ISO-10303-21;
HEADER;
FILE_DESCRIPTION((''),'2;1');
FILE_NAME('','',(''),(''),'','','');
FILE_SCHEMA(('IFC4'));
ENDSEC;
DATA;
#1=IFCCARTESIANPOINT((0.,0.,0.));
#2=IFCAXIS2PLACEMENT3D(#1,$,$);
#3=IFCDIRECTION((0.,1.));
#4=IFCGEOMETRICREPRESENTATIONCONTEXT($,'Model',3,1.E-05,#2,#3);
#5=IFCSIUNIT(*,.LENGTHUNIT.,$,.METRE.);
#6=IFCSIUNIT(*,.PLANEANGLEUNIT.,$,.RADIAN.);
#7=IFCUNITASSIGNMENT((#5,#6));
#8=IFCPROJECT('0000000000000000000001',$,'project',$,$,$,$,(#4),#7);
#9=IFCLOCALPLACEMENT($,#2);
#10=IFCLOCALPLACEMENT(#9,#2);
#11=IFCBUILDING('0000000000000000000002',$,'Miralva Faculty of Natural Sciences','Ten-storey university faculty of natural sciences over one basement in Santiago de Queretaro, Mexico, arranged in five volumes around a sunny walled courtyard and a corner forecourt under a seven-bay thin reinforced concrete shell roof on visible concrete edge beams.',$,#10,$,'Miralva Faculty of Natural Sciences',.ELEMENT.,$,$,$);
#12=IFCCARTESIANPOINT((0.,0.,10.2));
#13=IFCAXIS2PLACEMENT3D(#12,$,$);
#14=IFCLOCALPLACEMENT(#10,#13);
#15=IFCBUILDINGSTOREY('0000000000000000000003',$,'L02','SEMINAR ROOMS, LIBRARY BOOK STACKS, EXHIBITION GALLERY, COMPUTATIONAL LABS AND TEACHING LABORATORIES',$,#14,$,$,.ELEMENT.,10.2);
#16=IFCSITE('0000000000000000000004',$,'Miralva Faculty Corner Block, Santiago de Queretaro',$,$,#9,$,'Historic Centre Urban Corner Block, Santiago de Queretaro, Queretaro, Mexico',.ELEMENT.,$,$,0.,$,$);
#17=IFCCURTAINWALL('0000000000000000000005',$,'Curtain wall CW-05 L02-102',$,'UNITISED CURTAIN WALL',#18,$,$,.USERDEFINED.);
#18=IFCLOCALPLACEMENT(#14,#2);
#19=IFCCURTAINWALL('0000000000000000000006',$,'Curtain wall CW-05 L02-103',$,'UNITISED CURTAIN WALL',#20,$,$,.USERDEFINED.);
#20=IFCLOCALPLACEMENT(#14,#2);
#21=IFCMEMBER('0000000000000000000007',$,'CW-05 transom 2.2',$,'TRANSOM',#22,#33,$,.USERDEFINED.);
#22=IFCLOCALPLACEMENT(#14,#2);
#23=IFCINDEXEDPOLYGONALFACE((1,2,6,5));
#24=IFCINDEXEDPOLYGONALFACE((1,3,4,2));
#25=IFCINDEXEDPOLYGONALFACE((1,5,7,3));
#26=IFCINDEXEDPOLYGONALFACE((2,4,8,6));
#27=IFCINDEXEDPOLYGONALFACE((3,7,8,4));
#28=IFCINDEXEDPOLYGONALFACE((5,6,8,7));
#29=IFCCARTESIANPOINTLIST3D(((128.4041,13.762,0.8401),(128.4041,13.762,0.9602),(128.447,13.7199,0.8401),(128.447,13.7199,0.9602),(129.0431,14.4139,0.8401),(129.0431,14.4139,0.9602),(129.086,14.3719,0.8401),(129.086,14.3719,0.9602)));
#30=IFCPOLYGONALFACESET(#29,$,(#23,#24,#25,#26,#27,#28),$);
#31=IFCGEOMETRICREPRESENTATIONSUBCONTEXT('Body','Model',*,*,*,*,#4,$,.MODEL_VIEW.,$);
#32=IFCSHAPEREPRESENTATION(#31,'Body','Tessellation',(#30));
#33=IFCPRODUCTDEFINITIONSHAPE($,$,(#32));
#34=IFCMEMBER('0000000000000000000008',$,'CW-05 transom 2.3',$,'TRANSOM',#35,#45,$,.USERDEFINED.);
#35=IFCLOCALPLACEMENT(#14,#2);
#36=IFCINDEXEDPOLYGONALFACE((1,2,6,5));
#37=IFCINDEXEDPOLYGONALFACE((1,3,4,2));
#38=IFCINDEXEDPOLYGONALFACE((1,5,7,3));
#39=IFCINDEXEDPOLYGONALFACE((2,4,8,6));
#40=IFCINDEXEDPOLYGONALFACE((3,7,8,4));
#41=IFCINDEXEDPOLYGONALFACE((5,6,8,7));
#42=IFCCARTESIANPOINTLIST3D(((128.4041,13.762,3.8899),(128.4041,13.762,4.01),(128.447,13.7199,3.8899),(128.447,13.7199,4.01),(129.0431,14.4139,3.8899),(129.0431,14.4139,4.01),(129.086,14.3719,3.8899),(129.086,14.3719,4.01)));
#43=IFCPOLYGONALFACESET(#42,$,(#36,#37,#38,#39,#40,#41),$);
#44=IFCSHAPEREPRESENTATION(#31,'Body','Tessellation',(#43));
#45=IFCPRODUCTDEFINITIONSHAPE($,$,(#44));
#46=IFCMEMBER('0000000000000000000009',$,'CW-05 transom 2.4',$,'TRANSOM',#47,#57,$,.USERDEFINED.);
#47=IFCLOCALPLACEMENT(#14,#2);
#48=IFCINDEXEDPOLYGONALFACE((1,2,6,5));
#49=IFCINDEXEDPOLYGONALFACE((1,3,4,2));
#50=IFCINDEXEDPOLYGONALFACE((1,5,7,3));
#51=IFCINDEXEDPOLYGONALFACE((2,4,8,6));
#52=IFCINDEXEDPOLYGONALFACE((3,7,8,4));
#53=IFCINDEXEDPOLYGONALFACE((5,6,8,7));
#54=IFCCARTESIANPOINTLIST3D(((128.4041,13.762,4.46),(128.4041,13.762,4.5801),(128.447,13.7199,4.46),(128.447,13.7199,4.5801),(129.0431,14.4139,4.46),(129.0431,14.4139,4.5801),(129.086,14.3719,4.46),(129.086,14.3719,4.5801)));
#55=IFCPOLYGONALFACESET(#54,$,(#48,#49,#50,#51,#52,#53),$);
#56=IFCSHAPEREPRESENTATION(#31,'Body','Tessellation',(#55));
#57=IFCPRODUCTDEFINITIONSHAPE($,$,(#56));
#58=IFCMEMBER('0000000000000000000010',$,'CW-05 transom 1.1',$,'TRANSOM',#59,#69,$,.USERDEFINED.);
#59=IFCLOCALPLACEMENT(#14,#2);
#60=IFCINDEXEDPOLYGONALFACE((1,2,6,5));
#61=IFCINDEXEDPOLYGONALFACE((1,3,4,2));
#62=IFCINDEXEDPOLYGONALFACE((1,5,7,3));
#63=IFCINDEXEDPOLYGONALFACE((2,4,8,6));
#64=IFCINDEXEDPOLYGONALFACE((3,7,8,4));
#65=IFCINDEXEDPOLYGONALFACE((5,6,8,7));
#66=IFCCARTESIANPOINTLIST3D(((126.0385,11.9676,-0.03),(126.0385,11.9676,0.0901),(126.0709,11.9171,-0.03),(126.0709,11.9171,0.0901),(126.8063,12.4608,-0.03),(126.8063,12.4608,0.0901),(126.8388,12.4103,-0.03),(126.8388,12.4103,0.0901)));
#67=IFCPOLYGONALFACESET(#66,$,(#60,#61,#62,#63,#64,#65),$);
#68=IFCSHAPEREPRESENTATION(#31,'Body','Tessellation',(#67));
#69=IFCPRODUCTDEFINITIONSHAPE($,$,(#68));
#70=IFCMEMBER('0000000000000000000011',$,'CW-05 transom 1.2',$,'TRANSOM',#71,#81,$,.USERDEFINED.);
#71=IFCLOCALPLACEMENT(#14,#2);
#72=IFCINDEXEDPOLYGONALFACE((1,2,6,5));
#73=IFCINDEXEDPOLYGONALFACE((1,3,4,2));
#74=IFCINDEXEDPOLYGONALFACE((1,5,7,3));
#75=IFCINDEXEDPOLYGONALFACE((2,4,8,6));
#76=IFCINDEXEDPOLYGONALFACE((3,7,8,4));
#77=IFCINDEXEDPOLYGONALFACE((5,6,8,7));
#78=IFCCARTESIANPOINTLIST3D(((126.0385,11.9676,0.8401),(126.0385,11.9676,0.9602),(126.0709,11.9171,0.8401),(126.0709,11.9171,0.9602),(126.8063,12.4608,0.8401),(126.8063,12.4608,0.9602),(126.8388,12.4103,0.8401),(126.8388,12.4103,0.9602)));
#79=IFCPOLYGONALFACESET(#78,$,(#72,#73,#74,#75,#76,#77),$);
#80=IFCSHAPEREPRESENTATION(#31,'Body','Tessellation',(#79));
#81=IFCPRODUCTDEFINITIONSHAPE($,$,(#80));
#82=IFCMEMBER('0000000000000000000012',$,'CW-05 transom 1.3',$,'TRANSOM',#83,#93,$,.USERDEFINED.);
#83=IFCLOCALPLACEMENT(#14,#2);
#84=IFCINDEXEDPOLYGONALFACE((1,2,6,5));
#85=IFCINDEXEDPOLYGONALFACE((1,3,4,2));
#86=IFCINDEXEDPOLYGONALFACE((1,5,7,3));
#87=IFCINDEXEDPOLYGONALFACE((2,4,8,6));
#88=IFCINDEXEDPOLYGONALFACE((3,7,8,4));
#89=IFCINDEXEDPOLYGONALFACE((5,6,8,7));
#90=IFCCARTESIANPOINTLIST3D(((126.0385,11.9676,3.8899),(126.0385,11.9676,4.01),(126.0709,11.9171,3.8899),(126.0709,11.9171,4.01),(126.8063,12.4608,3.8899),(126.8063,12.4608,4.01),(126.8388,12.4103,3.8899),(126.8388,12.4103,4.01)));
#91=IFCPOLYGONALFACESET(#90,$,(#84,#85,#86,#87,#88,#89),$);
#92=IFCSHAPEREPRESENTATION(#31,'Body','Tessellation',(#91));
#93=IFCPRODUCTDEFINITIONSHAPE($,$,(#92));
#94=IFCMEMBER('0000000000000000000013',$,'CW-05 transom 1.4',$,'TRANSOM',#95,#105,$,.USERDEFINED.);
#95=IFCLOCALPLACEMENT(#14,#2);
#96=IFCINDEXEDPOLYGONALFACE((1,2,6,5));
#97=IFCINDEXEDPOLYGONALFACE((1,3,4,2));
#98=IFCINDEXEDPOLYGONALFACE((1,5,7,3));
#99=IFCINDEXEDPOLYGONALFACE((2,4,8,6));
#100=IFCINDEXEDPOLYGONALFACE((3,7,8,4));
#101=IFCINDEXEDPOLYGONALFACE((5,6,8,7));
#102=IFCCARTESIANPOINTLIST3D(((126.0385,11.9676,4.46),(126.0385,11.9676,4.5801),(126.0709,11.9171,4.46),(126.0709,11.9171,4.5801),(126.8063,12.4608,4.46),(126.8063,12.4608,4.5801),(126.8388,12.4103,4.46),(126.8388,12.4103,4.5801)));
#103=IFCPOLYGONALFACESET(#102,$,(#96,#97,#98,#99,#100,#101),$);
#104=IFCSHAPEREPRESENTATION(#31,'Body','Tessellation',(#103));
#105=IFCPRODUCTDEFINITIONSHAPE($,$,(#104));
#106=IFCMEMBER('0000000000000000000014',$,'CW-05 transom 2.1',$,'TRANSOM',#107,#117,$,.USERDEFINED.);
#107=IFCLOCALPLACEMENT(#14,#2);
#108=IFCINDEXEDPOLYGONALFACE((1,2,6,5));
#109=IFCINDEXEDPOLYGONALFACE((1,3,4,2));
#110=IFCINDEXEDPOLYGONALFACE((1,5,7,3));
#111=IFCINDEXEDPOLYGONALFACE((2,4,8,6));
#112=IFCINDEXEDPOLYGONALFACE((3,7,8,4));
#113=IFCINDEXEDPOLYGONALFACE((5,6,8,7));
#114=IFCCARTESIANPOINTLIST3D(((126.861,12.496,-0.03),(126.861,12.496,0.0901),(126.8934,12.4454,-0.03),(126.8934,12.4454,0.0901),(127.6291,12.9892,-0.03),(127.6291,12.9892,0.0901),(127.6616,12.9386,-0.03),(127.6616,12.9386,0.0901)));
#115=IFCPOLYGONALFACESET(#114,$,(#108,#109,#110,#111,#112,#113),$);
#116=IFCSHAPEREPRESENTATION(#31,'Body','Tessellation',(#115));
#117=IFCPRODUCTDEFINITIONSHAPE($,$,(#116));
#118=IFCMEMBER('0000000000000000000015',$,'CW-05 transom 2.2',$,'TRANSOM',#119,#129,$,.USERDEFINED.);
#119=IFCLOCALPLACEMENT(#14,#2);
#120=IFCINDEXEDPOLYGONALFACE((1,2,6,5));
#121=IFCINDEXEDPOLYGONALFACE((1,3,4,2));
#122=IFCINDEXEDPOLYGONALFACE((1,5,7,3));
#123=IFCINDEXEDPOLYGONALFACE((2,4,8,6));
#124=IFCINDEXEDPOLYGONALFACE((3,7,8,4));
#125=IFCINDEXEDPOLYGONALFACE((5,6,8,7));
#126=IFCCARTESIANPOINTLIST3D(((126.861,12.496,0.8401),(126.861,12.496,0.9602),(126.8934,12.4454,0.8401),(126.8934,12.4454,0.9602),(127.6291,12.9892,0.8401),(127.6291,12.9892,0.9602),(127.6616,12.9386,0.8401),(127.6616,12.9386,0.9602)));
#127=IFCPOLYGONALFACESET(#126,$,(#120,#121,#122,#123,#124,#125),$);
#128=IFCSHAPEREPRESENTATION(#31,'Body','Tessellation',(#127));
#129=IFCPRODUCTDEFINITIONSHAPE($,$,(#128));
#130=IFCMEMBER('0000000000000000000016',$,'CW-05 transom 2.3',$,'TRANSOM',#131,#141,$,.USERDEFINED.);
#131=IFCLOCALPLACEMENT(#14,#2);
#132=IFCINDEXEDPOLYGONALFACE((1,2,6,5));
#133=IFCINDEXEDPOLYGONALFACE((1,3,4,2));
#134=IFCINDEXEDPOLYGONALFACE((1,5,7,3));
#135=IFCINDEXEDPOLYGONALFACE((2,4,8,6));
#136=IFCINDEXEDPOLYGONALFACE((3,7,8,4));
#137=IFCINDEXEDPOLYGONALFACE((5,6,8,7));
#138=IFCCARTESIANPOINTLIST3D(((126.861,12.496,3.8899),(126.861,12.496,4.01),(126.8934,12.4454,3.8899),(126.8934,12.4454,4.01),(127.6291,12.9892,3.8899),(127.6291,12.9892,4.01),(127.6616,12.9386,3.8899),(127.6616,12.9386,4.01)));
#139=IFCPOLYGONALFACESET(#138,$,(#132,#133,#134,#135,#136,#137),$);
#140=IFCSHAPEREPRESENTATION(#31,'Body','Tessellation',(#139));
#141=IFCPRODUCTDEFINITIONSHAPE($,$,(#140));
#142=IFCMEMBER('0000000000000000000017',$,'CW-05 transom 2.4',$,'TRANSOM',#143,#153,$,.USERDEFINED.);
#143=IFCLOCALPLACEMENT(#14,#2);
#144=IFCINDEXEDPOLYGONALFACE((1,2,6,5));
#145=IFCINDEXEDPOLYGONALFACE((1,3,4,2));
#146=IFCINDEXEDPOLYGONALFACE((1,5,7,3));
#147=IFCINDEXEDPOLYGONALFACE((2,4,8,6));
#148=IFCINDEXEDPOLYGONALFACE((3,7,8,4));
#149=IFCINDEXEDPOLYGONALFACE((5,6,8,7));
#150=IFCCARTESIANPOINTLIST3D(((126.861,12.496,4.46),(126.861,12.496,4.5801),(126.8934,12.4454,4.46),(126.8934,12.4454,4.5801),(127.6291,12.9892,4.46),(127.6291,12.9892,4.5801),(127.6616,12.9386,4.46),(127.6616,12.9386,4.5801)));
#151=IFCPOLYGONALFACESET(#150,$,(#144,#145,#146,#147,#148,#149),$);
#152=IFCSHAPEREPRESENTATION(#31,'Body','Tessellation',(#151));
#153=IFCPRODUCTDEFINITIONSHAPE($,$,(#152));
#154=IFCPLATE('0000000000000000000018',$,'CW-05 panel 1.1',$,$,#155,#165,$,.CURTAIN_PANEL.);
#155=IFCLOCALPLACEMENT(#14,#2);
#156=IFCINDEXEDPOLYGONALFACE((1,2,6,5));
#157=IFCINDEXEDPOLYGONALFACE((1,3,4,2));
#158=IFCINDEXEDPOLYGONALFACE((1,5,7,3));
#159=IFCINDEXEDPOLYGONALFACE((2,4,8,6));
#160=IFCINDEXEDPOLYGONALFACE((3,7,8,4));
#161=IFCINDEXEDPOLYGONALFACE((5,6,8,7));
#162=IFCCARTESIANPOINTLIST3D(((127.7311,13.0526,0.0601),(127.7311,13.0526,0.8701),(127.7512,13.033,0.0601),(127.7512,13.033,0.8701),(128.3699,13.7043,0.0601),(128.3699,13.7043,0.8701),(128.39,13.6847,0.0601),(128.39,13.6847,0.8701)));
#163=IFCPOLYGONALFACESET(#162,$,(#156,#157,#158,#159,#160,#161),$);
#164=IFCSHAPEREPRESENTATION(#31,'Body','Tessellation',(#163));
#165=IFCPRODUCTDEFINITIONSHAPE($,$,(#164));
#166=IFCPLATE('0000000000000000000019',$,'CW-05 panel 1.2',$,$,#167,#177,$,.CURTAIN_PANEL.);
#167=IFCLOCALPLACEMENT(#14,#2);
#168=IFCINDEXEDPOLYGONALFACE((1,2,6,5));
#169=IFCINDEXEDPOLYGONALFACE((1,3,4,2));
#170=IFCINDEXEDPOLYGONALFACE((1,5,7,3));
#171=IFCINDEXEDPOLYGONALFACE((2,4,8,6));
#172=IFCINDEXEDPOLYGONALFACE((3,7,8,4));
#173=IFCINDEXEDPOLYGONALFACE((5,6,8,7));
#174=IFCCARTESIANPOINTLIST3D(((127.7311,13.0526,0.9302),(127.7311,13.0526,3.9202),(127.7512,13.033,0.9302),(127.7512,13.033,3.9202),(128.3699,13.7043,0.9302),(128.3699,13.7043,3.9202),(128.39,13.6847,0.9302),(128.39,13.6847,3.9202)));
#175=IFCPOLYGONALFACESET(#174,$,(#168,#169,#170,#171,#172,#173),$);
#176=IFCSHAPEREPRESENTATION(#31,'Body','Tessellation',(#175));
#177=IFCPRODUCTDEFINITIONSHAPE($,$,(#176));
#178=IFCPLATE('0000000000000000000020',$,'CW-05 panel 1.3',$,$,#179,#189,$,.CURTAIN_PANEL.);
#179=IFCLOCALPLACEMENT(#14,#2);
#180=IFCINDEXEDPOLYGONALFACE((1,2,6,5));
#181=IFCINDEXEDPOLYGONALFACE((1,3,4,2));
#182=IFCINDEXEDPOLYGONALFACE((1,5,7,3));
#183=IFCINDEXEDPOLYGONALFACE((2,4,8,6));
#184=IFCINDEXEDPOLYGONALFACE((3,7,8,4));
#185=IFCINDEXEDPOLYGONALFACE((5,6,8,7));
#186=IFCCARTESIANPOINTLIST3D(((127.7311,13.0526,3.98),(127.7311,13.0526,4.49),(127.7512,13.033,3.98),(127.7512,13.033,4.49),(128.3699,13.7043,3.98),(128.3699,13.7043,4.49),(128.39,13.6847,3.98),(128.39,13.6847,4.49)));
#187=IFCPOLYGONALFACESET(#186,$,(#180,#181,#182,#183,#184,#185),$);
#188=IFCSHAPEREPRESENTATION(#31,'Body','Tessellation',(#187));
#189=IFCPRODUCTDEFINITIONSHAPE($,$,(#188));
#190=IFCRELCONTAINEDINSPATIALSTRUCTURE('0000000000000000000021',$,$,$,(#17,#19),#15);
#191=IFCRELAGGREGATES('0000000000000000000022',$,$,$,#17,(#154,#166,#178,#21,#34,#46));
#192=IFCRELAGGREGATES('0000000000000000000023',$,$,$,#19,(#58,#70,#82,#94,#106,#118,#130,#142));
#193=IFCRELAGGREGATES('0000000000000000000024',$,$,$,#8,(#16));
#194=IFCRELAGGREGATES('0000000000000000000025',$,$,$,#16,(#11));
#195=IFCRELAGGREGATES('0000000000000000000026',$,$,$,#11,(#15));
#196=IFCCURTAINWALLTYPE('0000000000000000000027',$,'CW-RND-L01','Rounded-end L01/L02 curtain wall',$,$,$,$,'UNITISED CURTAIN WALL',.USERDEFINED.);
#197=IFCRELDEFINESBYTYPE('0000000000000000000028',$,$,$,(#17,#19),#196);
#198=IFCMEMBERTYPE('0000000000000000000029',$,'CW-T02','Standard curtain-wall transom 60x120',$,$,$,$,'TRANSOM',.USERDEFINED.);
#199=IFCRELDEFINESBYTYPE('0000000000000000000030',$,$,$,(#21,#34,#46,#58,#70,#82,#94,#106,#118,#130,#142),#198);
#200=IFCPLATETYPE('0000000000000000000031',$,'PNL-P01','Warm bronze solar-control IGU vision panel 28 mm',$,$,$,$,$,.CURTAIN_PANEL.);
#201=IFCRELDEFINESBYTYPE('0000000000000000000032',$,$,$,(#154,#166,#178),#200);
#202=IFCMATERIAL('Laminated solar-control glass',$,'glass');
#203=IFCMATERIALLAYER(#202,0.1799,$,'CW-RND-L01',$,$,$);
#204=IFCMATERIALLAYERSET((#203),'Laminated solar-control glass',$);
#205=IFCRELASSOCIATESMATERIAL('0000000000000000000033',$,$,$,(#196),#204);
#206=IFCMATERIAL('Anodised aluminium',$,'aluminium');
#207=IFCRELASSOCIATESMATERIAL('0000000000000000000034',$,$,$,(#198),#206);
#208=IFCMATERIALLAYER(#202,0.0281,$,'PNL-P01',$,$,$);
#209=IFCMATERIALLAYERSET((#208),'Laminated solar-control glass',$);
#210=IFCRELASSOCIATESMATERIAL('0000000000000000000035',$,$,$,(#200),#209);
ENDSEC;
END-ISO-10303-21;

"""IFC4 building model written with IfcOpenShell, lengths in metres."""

from ifc_helpers import new_model, si_unit, direction, frame, origin, origin_2d, place, context, subcontext, project, spatial, rectangle, extrude, material, layer, layer_set, material_profile, profile_set, type_object, element, aggregate, save


model = new_model("IFC4")

# Units and contexts
model_context = context("Model", 3, precision=1e-05, world=origin(), true_north=direction((0.0, 1.0)))
body_context = subcontext(model_context, "Body", "Model", "MODEL_VIEW")
ifc_project = project(units=[si_unit("LENGTHUNIT", "METRE"), si_unit("PLANEANGLEUNIT", "RADIAN")], contexts=[model_context])

# Site, building, storey
site_placement = place(None, origin())
site = spatial("IfcSite", under=ifc_project, at=site_placement, Name="Miralva Faculty Corner Block, Santiago de Queretaro", LongName="Historic Centre Urban Corner Block, Santiago de Queretaro, Queretaro, Mexico", CompositionType="ELEMENT", RefElevation=0.0)
building_placement = place(site_placement, origin())
building = spatial("IfcBuilding", under=site, at=building_placement, Name="Miralva Faculty of Natural Sciences", Description="Ten-storey university faculty of natural sciences over one basement in Santiago de Queretaro, Mexico, arranged in five volumes around a sunny walled courtyard and a corner forecourt under a seven-bay thin reinforced concrete shell roof on visible concrete edge beams.", LongName="Miralva Faculty of Natural Sciences", CompositionType="ELEMENT")
storey_placement = place(building_placement, frame((0.0, 0.0, 10.2)))
storey = spatial("IfcBuildingStorey", under=building, at=storey_placement, Name="L02", Description="SEMINAR ROOMS, LIBRARY BOOK STACKS, EXHIBITION GALLERY, COMPUTATIONAL LABS AND TEACHING LABORATORIES", CompositionType="ELEMENT", Elevation=10.2)

# Shared definitions
ifc_material_1 = material(Name="Laminated solar-control glass", Category="glass")
ifc_layer_1 = layer(ifc_material_1, 0.1799, Name="CW-RND-L01")
ifc_layer_set_1 = layer_set([ifc_layer_1], Name="Laminated solar-control glass")
curtain_wall_type = type_object("IfcCurtainWallType", Name="CW-RND-L01", Description="Rounded-end L01/L02 curtain wall", ElementType="UNITISED CURTAIN WALL", PredefinedType="USERDEFINED", material=ifc_layer_set_1)
ifc_material_2 = material(Name="Anodised aluminium", Category="aluminium")

# Curtain walls
curtain_wall_1_placement = place(storey_placement, origin())
curtain_wall_1 = element("IfcCurtainWall", 1, at=curtain_wall_1_placement, inside=storey, type_object=curtain_wall_type, Name="Curtain wall CW-05 L02-102", ObjectType="UNITISED CURTAIN WALL", PredefinedType="USERDEFINED")
curtain_wall_2_placement = place(storey_placement, origin())
curtain_wall_2 = element("IfcCurtainWall", 2, at=curtain_wall_2_placement, inside=storey, type_object=curtain_wall_type, Name="Curtain wall CW-05 L02-103", ObjectType="UNITISED CURTAIN WALL", PredefinedType="USERDEFINED")

# Members
ifc_material_profile_1 = material_profile(ifc_material_2, rectangle(XDim=0.0601, YDim=0.1201, at=origin_2d()), Name="TRANSOM 60x120")
ifc_profile_set_1 = profile_set([ifc_material_profile_1], Name="Anodised aluminium")
member_type_1 = type_object("IfcMemberType", Name="CW-T02", Description="Standard curtain-wall transom 60x120", ElementType="TRANSOM", PredefinedType="USERDEFINED", material=ifc_profile_set_1)
member_1_placement = place(storey_placement, frame((128.4255, 13.741, 0.9001), z_axis=(0.699983, 0.714159, 0.0), x_axis=(-0.714159, 0.699983, 0.0)))
member_1 = element("IfcMember", 3, at=member_1_placement, type_object=member_type_1, Name="CW-05 transom 2.2", ObjectType="TRANSOM", PredefinedType="USERDEFINED", context=body_context, shape_type="SweptSolid", body=[
    extrude(rectangle(XDim=0.0601, YDim=0.1201, at=origin_2d()), origin(), (0.0, 0.0, 1.0), 0.9128),
])
member_2_placement = place(storey_placement, frame((128.4255, 13.741, 3.95), z_axis=(0.699983, 0.714159, 0.0), x_axis=(-0.714159, 0.699983, 0.0)))
member_2 = element("IfcMember", 4, at=member_2_placement, type_object=member_type_1, Name="CW-05 transom 2.3", ObjectType="TRANSOM", PredefinedType="USERDEFINED", context=body_context, shape_type="SweptSolid", body=[
    extrude(rectangle(XDim=0.0601, YDim=0.1201, at=origin_2d()), origin(), (0.0, 0.0, 1.0), 0.9128),
])
member_3_placement = place(storey_placement, frame((128.4255, 13.741, 4.52), z_axis=(0.699983, 0.714159, 0.0), x_axis=(-0.714159, 0.699983, 0.0)))
member_3 = element("IfcMember", 5, at=member_3_placement, type_object=member_type_1, Name="CW-05 transom 2.4", ObjectType="TRANSOM", PredefinedType="USERDEFINED", context=body_context, shape_type="SweptSolid", body=[
    extrude(rectangle(XDim=0.0601, YDim=0.1201, at=origin_2d()), origin(), (0.0, 0.0, 1.0), 0.9128),
])
member_4_placement = place(storey_placement, frame((126.0547, 11.9424, 0.03), z_axis=(0.841396, 0.54042, 0.0), x_axis=(-0.54042, 0.841396, 0.0)))
member_4 = element("IfcMember", 6, at=member_4_placement, type_object=member_type_1, Name="CW-05 transom 1.1", ObjectType="TRANSOM", PredefinedType="USERDEFINED", context=body_context, shape_type="SweptSolid", body=[
    extrude(rectangle(XDim=0.0601, YDim=0.1201, at=origin_2d()), origin(), (0.0, 0.0, 1.0), 0.9126),
])
member_5_placement = place(storey_placement, frame((126.0547, 11.9424, 0.9001), z_axis=(0.841396, 0.54042, 0.0), x_axis=(-0.54042, 0.841396, 0.0)))
member_5 = element("IfcMember", 7, at=member_5_placement, type_object=member_type_1, Name="CW-05 transom 1.2", ObjectType="TRANSOM", PredefinedType="USERDEFINED", context=body_context, shape_type="SweptSolid", body=[
    extrude(rectangle(XDim=0.0601, YDim=0.1201, at=origin_2d()), origin(), (0.0, 0.0, 1.0), 0.9126),
])
member_6_placement = place(storey_placement, frame((126.0547, 11.9424, 3.95), z_axis=(0.841396, 0.54042, 0.0), x_axis=(-0.54042, 0.841396, 0.0)))
member_6 = element("IfcMember", 8, at=member_6_placement, type_object=member_type_1, Name="CW-05 transom 1.3", ObjectType="TRANSOM", PredefinedType="USERDEFINED", context=body_context, shape_type="SweptSolid", body=[
    extrude(rectangle(XDim=0.0601, YDim=0.1201, at=origin_2d()), origin(), (0.0, 0.0, 1.0), 0.9126),
])
member_7_placement = place(storey_placement, frame((126.0547, 11.9424, 4.52), z_axis=(0.841396, 0.54042, 0.0), x_axis=(-0.54042, 0.841396, 0.0)))
member_7 = element("IfcMember", 9, at=member_7_placement, type_object=member_type_1, Name="CW-05 transom 1.4", ObjectType="TRANSOM", PredefinedType="USERDEFINED", context=body_context, shape_type="SweptSolid", body=[
    extrude(rectangle(XDim=0.0601, YDim=0.1201, at=origin_2d()), origin(), (0.0, 0.0, 1.0), 0.9126),
])
member_8_placement = place(storey_placement, frame((126.8772, 12.4707, 0.03), z_axis=(0.841474, 0.540298, 0.0), x_axis=(-0.540298, 0.841474, 0.0)))
member_8 = element("IfcMember", 10, at=member_8_placement, type_object=member_type_1, Name="CW-05 transom 2.1", ObjectType="TRANSOM", PredefinedType="USERDEFINED", context=body_context, shape_type="SweptSolid", body=[
    extrude(rectangle(XDim=0.0601, YDim=0.1201, at=origin_2d()), origin(), (0.0, 0.0, 1.0), 0.9128),
])
member_9_placement = place(storey_placement, frame((126.8772, 12.4707, 0.9001), z_axis=(0.841474, 0.540298, 0.0), x_axis=(-0.540298, 0.841474, 0.0)))
member_9 = element("IfcMember", 11, at=member_9_placement, type_object=member_type_1, Name="CW-05 transom 2.2", ObjectType="TRANSOM", PredefinedType="USERDEFINED", context=body_context, shape_type="SweptSolid", body=[
    extrude(rectangle(XDim=0.0601, YDim=0.1201, at=origin_2d()), origin(), (0.0, 0.0, 1.0), 0.9128),
])
member_10_placement = place(storey_placement, frame((126.8772, 12.4707, 3.95), z_axis=(0.841474, 0.540298, 0.0), x_axis=(-0.540298, 0.841474, 0.0)))
member_10 = element("IfcMember", 12, at=member_10_placement, type_object=member_type_1, Name="CW-05 transom 2.3", ObjectType="TRANSOM", PredefinedType="USERDEFINED", context=body_context, shape_type="SweptSolid", body=[
    extrude(rectangle(XDim=0.0601, YDim=0.1201, at=origin_2d()), origin(), (0.0, 0.0, 1.0), 0.9128),
])
member_11_placement = place(storey_placement, frame((126.8772, 12.4707, 4.52), z_axis=(0.841474, 0.540298, 0.0), x_axis=(-0.540298, 0.841474, 0.0)))
member_11 = element("IfcMember", 13, at=member_11_placement, type_object=member_type_1, Name="CW-05 transom 2.4", ObjectType="TRANSOM", PredefinedType="USERDEFINED", context=body_context, shape_type="SweptSolid", body=[
    extrude(rectangle(XDim=0.0601, YDim=0.1201, at=origin_2d()), origin(), (0.0, 0.0, 1.0), 0.9128),
])

# Plates
ifc_layer_2 = layer(ifc_material_1, 0.0281, Name="PNL-P01")
ifc_layer_set_2 = layer_set([ifc_layer_2], Name="Laminated solar-control glass")
plate_type = type_object("IfcPlateType", Name="PNL-P01", Description="Warm bronze solar-control IGU vision panel 28 mm", PredefinedType="CURTAIN_PANEL", material=ifc_layer_set_2)
plate_1_placement = place(storey_placement, frame((128.0605, 13.3687, 0.0601), z_axis=(0.0, 0.0, 1.0), x_axis=(0.700018, 0.714125, 0.0)))
plate_1 = element("IfcPlate", 14, at=plate_1_placement, type_object=plate_type, Name="CW-05 panel 1.1", PredefinedType="CURTAIN_PANEL", context=body_context, shape_type="SweptSolid", body=[
    extrude(rectangle(XDim=0.9126, YDim=0.0281, at=origin_2d()), origin(), (0.0, 0.0, 1.0), 0.8101),
])
plate_2_placement = place(storey_placement, frame((128.0605, 13.3687, 0.9302), z_axis=(0.0, 0.0, 1.0), x_axis=(0.700018, 0.714125, 0.0)))
plate_2 = element("IfcPlate", 15, at=plate_2_placement, type_object=plate_type, Name="CW-05 panel 1.2", PredefinedType="CURTAIN_PANEL", context=body_context, shape_type="SweptSolid", body=[
    extrude(rectangle(XDim=0.9126, YDim=0.0281, at=origin_2d()), origin(), (0.0, 0.0, 1.0), 2.99),
])
plate_3_placement = place(storey_placement, frame((128.0605, 13.3687, 3.98), z_axis=(0.0, 0.0, 1.0), x_axis=(0.700018, 0.714125, 0.0)))
plate_3 = element("IfcPlate", 16, at=plate_3_placement, type_object=plate_type, Name="CW-05 panel 1.3", PredefinedType="CURTAIN_PANEL", context=body_context, shape_type="SweptSolid", body=[
    extrude(rectangle(XDim=0.9126, YDim=0.0281, at=origin_2d()), origin(), (0.0, 0.0, 1.0), 0.51),
])
aggregate(curtain_wall_1, [plate_1, plate_2, plate_3, member_1, member_2, member_3])
aggregate(curtain_wall_2, [member_4, member_5, member_6, member_7, member_8, member_9, member_10, member_11])

save(model, "model.ifc")
